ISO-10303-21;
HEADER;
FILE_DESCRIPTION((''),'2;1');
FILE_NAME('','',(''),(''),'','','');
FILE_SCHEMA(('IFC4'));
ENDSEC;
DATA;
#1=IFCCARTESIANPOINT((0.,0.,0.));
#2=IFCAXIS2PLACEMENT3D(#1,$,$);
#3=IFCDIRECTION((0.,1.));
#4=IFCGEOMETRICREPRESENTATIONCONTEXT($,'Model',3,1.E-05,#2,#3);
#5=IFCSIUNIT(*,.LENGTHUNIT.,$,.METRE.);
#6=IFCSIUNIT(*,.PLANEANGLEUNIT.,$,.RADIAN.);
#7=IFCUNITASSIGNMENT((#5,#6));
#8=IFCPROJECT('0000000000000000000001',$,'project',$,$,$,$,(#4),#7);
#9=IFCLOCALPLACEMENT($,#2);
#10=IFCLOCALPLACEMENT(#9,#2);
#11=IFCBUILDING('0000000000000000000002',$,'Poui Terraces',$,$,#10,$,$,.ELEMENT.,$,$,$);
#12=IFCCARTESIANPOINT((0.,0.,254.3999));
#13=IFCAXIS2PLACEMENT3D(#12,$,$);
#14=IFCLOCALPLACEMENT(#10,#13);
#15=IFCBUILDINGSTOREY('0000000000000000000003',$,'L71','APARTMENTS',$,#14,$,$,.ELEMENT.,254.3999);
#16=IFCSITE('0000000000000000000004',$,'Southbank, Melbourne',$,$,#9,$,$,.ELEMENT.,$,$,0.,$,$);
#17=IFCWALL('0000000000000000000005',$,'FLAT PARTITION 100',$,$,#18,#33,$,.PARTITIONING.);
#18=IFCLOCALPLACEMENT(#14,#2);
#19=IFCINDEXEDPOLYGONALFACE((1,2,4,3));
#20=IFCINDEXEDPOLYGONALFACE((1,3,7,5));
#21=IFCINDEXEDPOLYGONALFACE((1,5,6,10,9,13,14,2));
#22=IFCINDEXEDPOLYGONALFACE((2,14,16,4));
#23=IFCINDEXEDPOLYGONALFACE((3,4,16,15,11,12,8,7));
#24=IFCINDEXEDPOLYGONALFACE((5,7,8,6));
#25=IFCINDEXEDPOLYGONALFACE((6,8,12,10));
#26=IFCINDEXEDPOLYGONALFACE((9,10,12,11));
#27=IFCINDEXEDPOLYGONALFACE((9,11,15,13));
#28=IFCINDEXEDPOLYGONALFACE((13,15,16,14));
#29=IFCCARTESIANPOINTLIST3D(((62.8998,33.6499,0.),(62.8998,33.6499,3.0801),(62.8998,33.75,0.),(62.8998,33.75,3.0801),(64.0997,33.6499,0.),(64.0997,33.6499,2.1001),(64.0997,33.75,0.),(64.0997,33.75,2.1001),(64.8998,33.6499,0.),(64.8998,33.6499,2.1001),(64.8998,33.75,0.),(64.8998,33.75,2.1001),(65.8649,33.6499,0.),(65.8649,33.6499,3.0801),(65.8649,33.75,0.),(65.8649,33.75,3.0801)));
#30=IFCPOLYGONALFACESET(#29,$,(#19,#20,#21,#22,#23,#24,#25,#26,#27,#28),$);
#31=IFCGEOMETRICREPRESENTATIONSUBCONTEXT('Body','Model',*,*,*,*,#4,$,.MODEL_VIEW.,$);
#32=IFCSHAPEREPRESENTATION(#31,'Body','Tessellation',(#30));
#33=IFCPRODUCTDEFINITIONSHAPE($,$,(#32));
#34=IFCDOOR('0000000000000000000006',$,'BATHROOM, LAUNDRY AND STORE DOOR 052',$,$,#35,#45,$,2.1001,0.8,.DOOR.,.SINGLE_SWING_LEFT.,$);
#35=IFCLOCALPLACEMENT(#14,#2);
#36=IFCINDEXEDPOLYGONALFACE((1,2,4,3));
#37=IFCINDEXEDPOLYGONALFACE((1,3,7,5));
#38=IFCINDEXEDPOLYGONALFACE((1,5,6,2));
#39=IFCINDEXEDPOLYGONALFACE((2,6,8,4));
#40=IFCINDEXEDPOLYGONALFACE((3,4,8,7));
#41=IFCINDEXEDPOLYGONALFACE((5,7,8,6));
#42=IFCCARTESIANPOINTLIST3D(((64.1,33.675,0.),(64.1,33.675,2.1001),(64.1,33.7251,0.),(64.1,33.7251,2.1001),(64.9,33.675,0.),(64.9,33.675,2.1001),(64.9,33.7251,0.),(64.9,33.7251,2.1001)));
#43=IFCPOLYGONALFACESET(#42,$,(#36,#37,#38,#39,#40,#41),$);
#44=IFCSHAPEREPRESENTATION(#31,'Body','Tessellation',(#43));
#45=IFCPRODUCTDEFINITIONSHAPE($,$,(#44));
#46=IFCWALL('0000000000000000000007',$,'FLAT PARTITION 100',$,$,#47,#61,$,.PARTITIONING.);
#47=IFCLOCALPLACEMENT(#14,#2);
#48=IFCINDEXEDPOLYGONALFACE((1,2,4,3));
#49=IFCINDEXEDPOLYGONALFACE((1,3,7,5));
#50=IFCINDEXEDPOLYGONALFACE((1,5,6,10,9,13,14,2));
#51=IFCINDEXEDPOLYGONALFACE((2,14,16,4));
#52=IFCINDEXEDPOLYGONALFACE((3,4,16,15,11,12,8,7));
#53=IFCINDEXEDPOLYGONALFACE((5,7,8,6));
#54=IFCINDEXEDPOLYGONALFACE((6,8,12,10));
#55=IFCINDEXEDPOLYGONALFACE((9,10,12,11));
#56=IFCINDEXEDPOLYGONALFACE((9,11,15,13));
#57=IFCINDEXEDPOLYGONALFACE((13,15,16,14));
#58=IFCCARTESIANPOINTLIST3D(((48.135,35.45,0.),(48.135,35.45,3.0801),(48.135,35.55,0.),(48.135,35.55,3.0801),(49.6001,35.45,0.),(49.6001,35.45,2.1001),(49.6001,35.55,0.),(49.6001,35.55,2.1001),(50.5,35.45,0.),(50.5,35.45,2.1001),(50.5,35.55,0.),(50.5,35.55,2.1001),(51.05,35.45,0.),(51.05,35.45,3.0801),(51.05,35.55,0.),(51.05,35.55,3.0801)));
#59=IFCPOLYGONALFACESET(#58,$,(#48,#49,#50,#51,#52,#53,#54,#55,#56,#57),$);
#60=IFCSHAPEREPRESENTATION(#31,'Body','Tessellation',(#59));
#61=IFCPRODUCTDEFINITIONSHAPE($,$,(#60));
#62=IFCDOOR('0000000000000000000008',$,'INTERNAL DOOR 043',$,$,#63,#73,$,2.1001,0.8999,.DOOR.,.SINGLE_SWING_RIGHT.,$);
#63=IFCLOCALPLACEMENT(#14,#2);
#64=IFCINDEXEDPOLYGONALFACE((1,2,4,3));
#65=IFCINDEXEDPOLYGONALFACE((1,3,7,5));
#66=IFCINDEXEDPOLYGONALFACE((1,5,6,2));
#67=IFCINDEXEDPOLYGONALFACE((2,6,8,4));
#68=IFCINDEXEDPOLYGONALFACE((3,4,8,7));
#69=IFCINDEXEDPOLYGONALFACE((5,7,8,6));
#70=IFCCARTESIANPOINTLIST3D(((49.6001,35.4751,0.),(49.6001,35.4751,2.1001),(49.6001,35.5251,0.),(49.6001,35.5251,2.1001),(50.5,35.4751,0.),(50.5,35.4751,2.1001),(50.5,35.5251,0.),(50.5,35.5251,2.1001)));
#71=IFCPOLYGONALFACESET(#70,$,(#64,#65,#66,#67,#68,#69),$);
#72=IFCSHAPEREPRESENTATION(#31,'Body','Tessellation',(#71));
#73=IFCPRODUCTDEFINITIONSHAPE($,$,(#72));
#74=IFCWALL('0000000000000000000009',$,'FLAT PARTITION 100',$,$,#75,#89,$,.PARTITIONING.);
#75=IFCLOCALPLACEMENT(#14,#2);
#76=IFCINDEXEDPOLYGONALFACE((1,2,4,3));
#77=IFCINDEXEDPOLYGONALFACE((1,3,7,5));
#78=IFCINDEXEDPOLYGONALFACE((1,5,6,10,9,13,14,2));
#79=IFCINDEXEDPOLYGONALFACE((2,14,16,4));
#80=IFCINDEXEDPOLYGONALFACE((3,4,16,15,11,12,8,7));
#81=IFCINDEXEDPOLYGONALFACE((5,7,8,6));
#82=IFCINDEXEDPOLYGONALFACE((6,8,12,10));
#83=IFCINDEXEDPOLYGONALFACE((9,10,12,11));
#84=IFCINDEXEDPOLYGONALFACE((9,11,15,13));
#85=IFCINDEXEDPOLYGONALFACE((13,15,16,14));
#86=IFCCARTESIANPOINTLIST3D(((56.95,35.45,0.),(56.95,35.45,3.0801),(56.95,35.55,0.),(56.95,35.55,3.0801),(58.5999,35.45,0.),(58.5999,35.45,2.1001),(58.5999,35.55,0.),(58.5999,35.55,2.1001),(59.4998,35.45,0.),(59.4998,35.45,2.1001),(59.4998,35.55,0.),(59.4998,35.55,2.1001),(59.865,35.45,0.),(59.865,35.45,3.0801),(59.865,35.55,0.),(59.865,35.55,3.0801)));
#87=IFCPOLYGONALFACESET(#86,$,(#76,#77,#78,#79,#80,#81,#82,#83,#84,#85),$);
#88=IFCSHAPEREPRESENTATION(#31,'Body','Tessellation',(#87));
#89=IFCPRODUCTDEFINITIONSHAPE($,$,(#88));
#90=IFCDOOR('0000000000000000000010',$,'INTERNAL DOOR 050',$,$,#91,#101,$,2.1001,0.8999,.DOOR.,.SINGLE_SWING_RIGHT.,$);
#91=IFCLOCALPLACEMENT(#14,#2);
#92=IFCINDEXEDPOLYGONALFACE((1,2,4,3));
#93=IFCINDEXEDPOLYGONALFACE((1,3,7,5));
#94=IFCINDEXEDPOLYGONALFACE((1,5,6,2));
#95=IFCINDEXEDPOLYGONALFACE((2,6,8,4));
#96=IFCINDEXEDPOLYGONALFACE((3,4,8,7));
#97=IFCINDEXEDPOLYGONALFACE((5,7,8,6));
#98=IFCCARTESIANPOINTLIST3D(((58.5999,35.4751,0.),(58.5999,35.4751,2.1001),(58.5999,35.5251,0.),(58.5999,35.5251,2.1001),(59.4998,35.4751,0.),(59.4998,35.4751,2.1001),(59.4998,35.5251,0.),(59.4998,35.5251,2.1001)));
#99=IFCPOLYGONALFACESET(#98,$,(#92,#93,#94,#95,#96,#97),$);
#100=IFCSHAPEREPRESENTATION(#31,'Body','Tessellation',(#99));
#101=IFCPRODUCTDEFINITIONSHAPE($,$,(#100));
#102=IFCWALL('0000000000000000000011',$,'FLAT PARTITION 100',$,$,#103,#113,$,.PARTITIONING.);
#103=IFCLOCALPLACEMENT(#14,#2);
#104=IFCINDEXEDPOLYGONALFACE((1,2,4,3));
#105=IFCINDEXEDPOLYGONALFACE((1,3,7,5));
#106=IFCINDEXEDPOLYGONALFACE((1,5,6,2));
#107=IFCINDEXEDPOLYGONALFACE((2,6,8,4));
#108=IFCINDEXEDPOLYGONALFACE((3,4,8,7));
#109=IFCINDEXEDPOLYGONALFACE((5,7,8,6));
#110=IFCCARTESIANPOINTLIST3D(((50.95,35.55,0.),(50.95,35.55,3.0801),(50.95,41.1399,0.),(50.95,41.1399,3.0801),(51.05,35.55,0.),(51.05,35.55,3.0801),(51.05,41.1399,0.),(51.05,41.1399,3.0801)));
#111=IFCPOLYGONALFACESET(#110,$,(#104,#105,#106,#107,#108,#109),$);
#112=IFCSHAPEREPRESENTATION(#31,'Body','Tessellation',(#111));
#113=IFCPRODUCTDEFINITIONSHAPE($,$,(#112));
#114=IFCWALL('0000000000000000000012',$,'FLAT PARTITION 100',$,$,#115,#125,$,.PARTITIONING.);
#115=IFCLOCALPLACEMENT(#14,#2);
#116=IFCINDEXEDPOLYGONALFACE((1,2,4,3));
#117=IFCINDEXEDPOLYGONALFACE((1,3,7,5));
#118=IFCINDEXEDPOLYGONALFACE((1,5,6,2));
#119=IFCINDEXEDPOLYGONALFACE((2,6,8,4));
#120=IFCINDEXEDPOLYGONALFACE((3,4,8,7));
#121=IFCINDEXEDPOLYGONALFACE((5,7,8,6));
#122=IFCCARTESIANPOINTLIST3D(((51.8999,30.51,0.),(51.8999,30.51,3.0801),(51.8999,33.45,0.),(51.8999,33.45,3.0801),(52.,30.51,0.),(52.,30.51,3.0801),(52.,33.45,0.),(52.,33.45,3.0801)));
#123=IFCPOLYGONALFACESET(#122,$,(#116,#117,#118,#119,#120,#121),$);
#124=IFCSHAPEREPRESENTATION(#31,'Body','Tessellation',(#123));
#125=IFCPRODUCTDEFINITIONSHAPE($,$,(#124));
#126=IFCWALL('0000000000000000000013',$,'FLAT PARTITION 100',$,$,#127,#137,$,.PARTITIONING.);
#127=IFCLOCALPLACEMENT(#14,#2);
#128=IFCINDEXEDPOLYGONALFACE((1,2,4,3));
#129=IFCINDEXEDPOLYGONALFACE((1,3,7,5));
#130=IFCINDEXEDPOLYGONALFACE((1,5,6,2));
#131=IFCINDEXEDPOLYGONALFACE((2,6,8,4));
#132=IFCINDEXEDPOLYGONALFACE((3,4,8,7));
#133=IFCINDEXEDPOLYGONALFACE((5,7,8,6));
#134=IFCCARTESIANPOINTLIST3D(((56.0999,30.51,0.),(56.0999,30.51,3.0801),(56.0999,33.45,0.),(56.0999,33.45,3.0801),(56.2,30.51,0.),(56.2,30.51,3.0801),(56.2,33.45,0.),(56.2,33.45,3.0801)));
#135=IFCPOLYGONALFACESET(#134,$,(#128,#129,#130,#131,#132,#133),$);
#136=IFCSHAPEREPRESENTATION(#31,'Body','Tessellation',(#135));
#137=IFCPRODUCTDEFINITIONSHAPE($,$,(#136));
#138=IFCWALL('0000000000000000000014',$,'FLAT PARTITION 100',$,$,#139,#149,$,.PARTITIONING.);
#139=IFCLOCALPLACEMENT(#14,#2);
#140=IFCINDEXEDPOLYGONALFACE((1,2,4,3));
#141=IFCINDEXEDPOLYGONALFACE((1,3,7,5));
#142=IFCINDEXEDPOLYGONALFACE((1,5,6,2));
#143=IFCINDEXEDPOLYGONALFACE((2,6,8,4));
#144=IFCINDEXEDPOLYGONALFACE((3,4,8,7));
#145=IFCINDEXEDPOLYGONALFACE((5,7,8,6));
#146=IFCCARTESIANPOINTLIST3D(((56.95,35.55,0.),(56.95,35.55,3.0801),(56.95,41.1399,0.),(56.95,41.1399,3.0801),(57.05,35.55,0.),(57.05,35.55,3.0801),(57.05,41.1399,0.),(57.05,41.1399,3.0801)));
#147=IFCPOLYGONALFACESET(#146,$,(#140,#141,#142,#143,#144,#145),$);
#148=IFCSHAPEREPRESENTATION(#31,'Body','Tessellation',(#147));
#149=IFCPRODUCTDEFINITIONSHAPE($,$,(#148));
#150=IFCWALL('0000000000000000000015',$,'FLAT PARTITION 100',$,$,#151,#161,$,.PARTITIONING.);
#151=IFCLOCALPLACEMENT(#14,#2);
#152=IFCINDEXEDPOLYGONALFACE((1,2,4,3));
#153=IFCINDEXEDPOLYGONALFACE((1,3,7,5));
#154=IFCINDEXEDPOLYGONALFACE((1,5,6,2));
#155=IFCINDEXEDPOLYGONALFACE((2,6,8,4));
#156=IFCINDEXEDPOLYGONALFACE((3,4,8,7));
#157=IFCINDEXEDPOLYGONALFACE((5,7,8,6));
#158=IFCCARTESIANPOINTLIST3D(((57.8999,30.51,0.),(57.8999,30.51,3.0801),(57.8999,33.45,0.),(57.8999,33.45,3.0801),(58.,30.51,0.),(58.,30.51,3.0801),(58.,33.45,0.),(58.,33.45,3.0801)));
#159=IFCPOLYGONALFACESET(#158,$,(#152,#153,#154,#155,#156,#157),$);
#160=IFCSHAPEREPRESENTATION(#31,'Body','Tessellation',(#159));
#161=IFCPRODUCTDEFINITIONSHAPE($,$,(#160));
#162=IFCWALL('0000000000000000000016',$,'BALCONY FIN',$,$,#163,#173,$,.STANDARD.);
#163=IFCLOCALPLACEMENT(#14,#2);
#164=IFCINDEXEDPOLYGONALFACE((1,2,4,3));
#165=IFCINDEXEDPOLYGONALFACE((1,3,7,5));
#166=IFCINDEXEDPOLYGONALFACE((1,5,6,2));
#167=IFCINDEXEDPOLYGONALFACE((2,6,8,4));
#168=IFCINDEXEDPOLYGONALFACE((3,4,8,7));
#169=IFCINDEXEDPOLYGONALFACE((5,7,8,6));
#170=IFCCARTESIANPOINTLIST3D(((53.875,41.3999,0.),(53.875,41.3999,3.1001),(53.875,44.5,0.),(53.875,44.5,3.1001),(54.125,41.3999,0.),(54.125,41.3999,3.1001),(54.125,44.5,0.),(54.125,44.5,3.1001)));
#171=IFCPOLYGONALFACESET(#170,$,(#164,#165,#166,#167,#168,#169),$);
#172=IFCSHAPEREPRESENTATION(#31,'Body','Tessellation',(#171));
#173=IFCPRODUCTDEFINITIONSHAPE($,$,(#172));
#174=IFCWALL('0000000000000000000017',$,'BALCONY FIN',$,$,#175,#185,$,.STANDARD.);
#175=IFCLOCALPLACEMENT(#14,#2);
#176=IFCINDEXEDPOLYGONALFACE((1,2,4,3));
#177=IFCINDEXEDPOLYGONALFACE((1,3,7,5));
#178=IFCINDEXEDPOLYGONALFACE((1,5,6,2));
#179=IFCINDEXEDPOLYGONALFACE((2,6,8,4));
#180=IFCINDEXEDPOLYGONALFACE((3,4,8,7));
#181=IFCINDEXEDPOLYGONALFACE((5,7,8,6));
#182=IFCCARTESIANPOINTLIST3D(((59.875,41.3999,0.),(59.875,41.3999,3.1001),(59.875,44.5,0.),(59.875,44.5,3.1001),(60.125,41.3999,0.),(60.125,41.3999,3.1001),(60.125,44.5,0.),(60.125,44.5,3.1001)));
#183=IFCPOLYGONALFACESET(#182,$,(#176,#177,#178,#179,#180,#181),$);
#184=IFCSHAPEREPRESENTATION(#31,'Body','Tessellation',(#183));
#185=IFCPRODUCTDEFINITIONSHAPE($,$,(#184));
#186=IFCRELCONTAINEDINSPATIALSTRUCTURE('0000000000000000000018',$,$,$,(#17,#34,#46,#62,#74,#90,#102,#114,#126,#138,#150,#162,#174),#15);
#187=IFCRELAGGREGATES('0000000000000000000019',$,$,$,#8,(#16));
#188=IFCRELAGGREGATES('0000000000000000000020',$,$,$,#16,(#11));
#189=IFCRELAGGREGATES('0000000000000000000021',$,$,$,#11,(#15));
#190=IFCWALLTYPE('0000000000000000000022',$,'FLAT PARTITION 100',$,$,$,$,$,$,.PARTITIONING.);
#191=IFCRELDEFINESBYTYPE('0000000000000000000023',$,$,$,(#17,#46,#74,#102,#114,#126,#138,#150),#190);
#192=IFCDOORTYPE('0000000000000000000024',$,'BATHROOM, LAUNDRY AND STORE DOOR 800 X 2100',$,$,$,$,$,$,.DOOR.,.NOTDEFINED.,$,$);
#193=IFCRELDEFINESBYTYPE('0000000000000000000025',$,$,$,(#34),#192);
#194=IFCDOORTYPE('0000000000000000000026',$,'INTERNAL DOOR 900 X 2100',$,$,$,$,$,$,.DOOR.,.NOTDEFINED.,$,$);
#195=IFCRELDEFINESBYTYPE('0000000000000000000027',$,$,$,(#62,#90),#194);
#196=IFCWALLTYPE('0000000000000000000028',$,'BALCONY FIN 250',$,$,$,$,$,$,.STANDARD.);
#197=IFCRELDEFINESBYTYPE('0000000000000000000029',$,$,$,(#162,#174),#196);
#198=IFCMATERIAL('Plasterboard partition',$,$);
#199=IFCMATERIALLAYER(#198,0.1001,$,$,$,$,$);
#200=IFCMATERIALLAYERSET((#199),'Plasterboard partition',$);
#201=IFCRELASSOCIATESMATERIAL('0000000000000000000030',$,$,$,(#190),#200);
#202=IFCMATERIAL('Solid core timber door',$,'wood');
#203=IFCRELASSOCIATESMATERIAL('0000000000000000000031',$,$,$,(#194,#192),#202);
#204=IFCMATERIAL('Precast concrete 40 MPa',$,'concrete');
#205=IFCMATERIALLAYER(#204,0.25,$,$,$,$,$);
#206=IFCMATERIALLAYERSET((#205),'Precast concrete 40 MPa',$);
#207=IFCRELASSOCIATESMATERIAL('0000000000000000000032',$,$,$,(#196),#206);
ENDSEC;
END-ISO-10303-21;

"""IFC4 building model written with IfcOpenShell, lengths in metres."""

from ifc_helpers import new_model, si_unit, direction, frame, frame_2d, origin, place, context, subcontext, project, spatial, polyline, rectangle, outline, extrude, source, transform, mapped, material, layer, layer_set, type_object, element, fill, save


model = new_model("IFC4")

# Units and contexts
model_context = context("Model", 3, precision=1e-05, world=origin(), true_north=direction((0.0, 1.0)))
body_context = subcontext(model_context, "Body", "Model", "MODEL_VIEW")
ifc_project = project(units=[si_unit("LENGTHUNIT", "METRE"), si_unit("PLANEANGLEUNIT", "RADIAN")], contexts=[model_context])

# Site, building, storey
site_placement = place(None, origin())
site = spatial("IfcSite", under=ifc_project, at=site_placement, Name="Southbank, Melbourne", CompositionType="ELEMENT", RefElevation=0.0)
building_placement = place(site_placement, origin())
building = spatial("IfcBuilding", under=site, at=building_placement, Name="Poui Terraces", CompositionType="ELEMENT")
storey_placement = place(building_placement, frame((0.0, 0.0, 254.3999)))
storey = spatial("IfcBuildingStorey", under=building, at=storey_placement, Name="L71", Description="APARTMENTS", CompositionType="ELEMENT", Elevation=254.3999)

# Walls, openings, doors
ifc_material_1 = material(Name="Plasterboard partition")
ifc_layer_1 = layer(ifc_material_1, 0.1001)
ifc_layer_set_1 = layer_set([ifc_layer_1], Name="Plasterboard partition")
wall_type_1 = type_object("IfcWallType", Name="FLAT PARTITION 100", PredefinedType="PARTITIONING", material=ifc_layer_set_1)
ifc_material_2 = material(Name="Solid core timber door", Category="wood")
door_type_1 = type_object("IfcDoorType", Name="INTERNAL DOOR 900 X 2100", OperationType="NOTDEFINED", PredefinedType="DOOR", material=ifc_material_2)
door_type_2 = type_object("IfcDoorType", Name="BATHROOM, LAUNDRY AND STORE DOOR 800 X 2100", OperationType="NOTDEFINED", PredefinedType="DOOR", material=ifc_material_2)
wall_1_placement = place(storey_placement, frame((62.8999, 33.7, 0.0), z_axis=(0.0, 0.0, 1.0), x_axis=(1.0, 0.0, 0.0)))
wall_1 = element("IfcWall", 1, at=wall_1_placement, inside=storey, type_object=wall_type_1, Name="FLAT PARTITION 100", PredefinedType="PARTITIONING", context=body_context, shape_type="SweptSolid", body=[
    extrude(rectangle(XDim=2.9651, YDim=0.1001, at=frame_2d((1.4824, 0.0))), origin(), (0.0, 0.0, 1.0), 3.0801),
])
opening_1_placement = place(wall_1_placement, frame((1.2, 0.0, 0.0)))
opening_1 = element("IfcOpeningElement", 2, at=opening_1_placement, cuts=wall_1, PredefinedType="OPENING", context=body_context, shape_type="SweptSolid", body=[
    extrude(rectangle(XDim=0.8, YDim=2.1001, at=frame_2d((0.3999, 1.05))), frame((0.0, 0.0601, 0.0), z_axis=(0.0, -1.0, 0.0), x_axis=(1.0, 0.0, 0.0)), (0.0, 0.0, 1.0), 0.1201),
])
door_1_placement = place(opening_1_placement, frame((0.8, 0.0, 0.0), z_axis=(0.0, 0.0, 1.0), x_axis=(-1.0, 0.0, 0.0)))
door_1 = element("IfcDoor", 3, at=door_1_placement, inside=storey, type_object=door_type_2, Name="BATHROOM, LAUNDRY AND STORE DOOR 052", OperationType="SINGLE_SWING_LEFT", OverallHeight=2.1001, OverallWidth=0.8, PredefinedType="DOOR", context=body_context, shape_type="SweptSolid", body=[
    extrude(rectangle(XDim=0.8, YDim=2.1001, at=frame_2d((0.3999, 1.05))), frame((0.0, 0.0249, 0.0), z_axis=(0.0, -1.0, 0.0), x_axis=(1.0, 0.0, 0.0)), (0.0, 0.0, 1.0), 0.05),
])
fill(opening_1, door_1)
wall_2_placement = place(storey_placement, frame((48.135, 35.5, 0.0), z_axis=(0.0, 0.0, 1.0), x_axis=(1.0, 0.0, 0.0)))
wall_2 = element("IfcWall", 4, at=wall_2_placement, inside=storey, type_object=wall_type_1, Name="FLAT PARTITION 100", PredefinedType="PARTITIONING", context=body_context, shape_type="SweptSolid", body=[
    extrude(rectangle(XDim=2.915, YDim=0.1001, at=frame_2d((1.4575, 0.0))), origin(), (0.0, 0.0, 1.0), 3.0801),
])
opening_2_placement = place(wall_2_placement, frame((1.4651, 0.0, 0.0)))
opening_2 = element("IfcOpeningElement", 5, at=opening_2_placement, cuts=wall_2, PredefinedType="OPENING", context=body_context, shape_type="SweptSolid", body=[
    extrude(rectangle(XDim=0.8999, YDim=2.1001, at=frame_2d((0.45, 1.05))), frame((0.0, 0.0601, 0.0), z_axis=(0.0, -1.0, 0.0), x_axis=(1.0, 0.0, 0.0)), (0.0, 0.0, 1.0), 0.1201),
])
door_2_placement = place(opening_2_placement, frame((0.8999, 0.0, 0.0), z_axis=(0.0, 0.0, 1.0), x_axis=(-1.0, 0.0, 0.0)))
door_2 = element("IfcDoor", 6, at=door_2_placement, inside=storey, type_object=door_type_1, Name="INTERNAL DOOR 043", OperationType="SINGLE_SWING_RIGHT", OverallHeight=2.1001, OverallWidth=0.8999, PredefinedType="DOOR", context=body_context, shape_type="SweptSolid", body=[
    extrude(rectangle(XDim=0.8999, YDim=2.1001, at=frame_2d((0.45, 1.05))), frame((0.0, 0.0249, 0.0), z_axis=(0.0, -1.0, 0.0), x_axis=(1.0, 0.0, 0.0)), (0.0, 0.0, 1.0), 0.05),
])
fill(opening_2, door_2)
wall_3_placement = place(storey_placement, frame((56.95, 35.5, 0.0), z_axis=(0.0, 0.0, 1.0), x_axis=(1.0, 0.0, 0.0)))
wall_3 = element("IfcWall", 7, at=wall_3_placement, inside=storey, type_object=wall_type_1, Name="FLAT PARTITION 100", PredefinedType="PARTITIONING", context=body_context, shape_type="SweptSolid", body=[
    extrude(rectangle(XDim=2.915, YDim=0.1001, at=frame_2d((1.4575, 0.0))), origin(), (0.0, 0.0, 1.0), 3.0801),
])
opening_3_placement = place(wall_3_placement, frame((1.6499, 0.0, 0.0)))
opening_3 = element("IfcOpeningElement", 8, at=opening_3_placement, cuts=wall_3, PredefinedType="OPENING", context=body_context, shape_type="SweptSolid", body=[
    extrude(rectangle(XDim=0.8999, YDim=2.1001, at=frame_2d((0.45, 1.05))), frame((0.0, 0.0601, 0.0), z_axis=(0.0, -1.0, 0.0), x_axis=(1.0, 0.0, 0.0)), (0.0, 0.0, 1.0), 0.1201),
])
door_3_placement = place(opening_3_placement, frame((0.8999, 0.0, 0.0), z_axis=(0.0, 0.0, 1.0), x_axis=(-1.0, 0.0, 0.0)))
door_3 = element("IfcDoor", 9, at=door_3_placement, inside=storey, type_object=door_type_1, Name="INTERNAL DOOR 050", OperationType="SINGLE_SWING_RIGHT", OverallHeight=2.1001, OverallWidth=0.8999, PredefinedType="DOOR", context=body_context, shape_type="SweptSolid", body=[
    extrude(rectangle(XDim=0.8999, YDim=2.1001, at=frame_2d((0.45, 1.05))), frame((0.0, 0.0249, 0.0), z_axis=(0.0, -1.0, 0.0), x_axis=(1.0, 0.0, 0.0)), (0.0, 0.0, 1.0), 0.05),
])
fill(opening_3, door_3)

# Walls
wall_4_placement = place(storey_placement, frame((51.0, 35.55, 0.0), z_axis=(0.0, 0.0, 1.0), x_axis=(0.0, 1.0, 0.0)))
element("IfcWall", 10, at=wall_4_placement, inside=storey, type_object=wall_type_1, Name="FLAT PARTITION 100", PredefinedType="PARTITIONING", context=body_context, shape_type="SweptSolid", body=[
    extrude(rectangle(XDim=5.5898, YDim=0.1001, at=frame_2d((2.7949, 0.0))), origin(), (0.0, 0.0, 1.0), 3.0801),
])
for number, where, z_axis, x_axis, name in (
    (11, (51.95, 30.51, 0.0), (0.0, 0.0, 1.0), (0.0, 1.0, 0.0), "FLAT PARTITION 100"),
    (12, (56.1499, 30.51, 0.0), (0.0, 0.0, 1.0), (0.0, 1.0, 0.0), "FLAT PARTITION 100"),
):
    element("IfcWall", number, at=place(storey_placement, frame(where, z_axis=z_axis, x_axis=x_axis)), inside=storey, type_object=wall_type_1, Name=name, PredefinedType="PARTITIONING", context=body_context, shape_type="SweptSolid", body=[
        extrude(rectangle(XDim=2.9399, YDim=0.1001, at=frame_2d((1.47, 0.0))), origin(), (0.0, 0.0, 1.0), 3.0801),
    ])
wall_5_placement = place(storey_placement, frame((57.0, 35.55, 0.0), z_axis=(0.0, 0.0, 1.0), x_axis=(0.0, 1.0, 0.0)))
element("IfcWall", 13, at=wall_5_placement, inside=storey, type_object=wall_type_1, Name="FLAT PARTITION 100", PredefinedType="PARTITIONING", context=body_context, shape_type="SweptSolid", body=[
    extrude(rectangle(XDim=5.5898, YDim=0.1001, at=frame_2d((2.7949, 0.0))), origin(), (0.0, 0.0, 1.0), 3.0801),
])
wall_6_placement = place(storey_placement, frame((57.95, 30.51, 0.0), z_axis=(0.0, 0.0, 1.0), x_axis=(0.0, 1.0, 0.0)))
element("IfcWall", 14, at=wall_6_placement, inside=storey, type_object=wall_type_1, Name="FLAT PARTITION 100", PredefinedType="PARTITIONING", context=body_context, shape_type="SweptSolid", body=[
    extrude(rectangle(XDim=2.9399, YDim=0.1001, at=frame_2d((1.47, 0.0))), origin(), (0.0, 0.0, 1.0), 3.0801),
])
ifc_material_3 = material(Name="Precast concrete 40 MPa", Category="concrete")
ifc_layer_2 = layer(ifc_material_3, 0.25)
ifc_layer_set_2 = layer_set([ifc_layer_2], Name="Precast concrete 40 MPa")
wall_type_2 = type_object("IfcWallType", Name="BALCONY FIN 250", PredefinedType="STANDARD", material=ifc_layer_set_2)
shared_shape_1 = source(origin(), body_context, "Body", "SweptSolid", [
    extrude(outline(polyline([(0.0, 0.0), (0.25, 0.0), (0.25, 3.1001), (0.0, 3.1001), (0.0, 0.0)])), origin(), (0.0, 0.0, 1.0), 3.1001),
])
for number, where, name in (
    (15, (53.875, 41.3999, 0.0), "BALCONY FIN"),
    (16, (59.875, 41.3999, 0.0), "BALCONY FIN"),
):
    element("IfcWall", number, at=place(storey_placement, frame(where)), inside=storey, type_object=wall_type_2, Name=name, PredefinedType="STANDARD", context=body_context, shape_type="MappedRepresentation", body=[
        mapped(shared_shape_1, transform((0.0, 0.0, 0.0))),
    ])

save(model, "model.ifc")
